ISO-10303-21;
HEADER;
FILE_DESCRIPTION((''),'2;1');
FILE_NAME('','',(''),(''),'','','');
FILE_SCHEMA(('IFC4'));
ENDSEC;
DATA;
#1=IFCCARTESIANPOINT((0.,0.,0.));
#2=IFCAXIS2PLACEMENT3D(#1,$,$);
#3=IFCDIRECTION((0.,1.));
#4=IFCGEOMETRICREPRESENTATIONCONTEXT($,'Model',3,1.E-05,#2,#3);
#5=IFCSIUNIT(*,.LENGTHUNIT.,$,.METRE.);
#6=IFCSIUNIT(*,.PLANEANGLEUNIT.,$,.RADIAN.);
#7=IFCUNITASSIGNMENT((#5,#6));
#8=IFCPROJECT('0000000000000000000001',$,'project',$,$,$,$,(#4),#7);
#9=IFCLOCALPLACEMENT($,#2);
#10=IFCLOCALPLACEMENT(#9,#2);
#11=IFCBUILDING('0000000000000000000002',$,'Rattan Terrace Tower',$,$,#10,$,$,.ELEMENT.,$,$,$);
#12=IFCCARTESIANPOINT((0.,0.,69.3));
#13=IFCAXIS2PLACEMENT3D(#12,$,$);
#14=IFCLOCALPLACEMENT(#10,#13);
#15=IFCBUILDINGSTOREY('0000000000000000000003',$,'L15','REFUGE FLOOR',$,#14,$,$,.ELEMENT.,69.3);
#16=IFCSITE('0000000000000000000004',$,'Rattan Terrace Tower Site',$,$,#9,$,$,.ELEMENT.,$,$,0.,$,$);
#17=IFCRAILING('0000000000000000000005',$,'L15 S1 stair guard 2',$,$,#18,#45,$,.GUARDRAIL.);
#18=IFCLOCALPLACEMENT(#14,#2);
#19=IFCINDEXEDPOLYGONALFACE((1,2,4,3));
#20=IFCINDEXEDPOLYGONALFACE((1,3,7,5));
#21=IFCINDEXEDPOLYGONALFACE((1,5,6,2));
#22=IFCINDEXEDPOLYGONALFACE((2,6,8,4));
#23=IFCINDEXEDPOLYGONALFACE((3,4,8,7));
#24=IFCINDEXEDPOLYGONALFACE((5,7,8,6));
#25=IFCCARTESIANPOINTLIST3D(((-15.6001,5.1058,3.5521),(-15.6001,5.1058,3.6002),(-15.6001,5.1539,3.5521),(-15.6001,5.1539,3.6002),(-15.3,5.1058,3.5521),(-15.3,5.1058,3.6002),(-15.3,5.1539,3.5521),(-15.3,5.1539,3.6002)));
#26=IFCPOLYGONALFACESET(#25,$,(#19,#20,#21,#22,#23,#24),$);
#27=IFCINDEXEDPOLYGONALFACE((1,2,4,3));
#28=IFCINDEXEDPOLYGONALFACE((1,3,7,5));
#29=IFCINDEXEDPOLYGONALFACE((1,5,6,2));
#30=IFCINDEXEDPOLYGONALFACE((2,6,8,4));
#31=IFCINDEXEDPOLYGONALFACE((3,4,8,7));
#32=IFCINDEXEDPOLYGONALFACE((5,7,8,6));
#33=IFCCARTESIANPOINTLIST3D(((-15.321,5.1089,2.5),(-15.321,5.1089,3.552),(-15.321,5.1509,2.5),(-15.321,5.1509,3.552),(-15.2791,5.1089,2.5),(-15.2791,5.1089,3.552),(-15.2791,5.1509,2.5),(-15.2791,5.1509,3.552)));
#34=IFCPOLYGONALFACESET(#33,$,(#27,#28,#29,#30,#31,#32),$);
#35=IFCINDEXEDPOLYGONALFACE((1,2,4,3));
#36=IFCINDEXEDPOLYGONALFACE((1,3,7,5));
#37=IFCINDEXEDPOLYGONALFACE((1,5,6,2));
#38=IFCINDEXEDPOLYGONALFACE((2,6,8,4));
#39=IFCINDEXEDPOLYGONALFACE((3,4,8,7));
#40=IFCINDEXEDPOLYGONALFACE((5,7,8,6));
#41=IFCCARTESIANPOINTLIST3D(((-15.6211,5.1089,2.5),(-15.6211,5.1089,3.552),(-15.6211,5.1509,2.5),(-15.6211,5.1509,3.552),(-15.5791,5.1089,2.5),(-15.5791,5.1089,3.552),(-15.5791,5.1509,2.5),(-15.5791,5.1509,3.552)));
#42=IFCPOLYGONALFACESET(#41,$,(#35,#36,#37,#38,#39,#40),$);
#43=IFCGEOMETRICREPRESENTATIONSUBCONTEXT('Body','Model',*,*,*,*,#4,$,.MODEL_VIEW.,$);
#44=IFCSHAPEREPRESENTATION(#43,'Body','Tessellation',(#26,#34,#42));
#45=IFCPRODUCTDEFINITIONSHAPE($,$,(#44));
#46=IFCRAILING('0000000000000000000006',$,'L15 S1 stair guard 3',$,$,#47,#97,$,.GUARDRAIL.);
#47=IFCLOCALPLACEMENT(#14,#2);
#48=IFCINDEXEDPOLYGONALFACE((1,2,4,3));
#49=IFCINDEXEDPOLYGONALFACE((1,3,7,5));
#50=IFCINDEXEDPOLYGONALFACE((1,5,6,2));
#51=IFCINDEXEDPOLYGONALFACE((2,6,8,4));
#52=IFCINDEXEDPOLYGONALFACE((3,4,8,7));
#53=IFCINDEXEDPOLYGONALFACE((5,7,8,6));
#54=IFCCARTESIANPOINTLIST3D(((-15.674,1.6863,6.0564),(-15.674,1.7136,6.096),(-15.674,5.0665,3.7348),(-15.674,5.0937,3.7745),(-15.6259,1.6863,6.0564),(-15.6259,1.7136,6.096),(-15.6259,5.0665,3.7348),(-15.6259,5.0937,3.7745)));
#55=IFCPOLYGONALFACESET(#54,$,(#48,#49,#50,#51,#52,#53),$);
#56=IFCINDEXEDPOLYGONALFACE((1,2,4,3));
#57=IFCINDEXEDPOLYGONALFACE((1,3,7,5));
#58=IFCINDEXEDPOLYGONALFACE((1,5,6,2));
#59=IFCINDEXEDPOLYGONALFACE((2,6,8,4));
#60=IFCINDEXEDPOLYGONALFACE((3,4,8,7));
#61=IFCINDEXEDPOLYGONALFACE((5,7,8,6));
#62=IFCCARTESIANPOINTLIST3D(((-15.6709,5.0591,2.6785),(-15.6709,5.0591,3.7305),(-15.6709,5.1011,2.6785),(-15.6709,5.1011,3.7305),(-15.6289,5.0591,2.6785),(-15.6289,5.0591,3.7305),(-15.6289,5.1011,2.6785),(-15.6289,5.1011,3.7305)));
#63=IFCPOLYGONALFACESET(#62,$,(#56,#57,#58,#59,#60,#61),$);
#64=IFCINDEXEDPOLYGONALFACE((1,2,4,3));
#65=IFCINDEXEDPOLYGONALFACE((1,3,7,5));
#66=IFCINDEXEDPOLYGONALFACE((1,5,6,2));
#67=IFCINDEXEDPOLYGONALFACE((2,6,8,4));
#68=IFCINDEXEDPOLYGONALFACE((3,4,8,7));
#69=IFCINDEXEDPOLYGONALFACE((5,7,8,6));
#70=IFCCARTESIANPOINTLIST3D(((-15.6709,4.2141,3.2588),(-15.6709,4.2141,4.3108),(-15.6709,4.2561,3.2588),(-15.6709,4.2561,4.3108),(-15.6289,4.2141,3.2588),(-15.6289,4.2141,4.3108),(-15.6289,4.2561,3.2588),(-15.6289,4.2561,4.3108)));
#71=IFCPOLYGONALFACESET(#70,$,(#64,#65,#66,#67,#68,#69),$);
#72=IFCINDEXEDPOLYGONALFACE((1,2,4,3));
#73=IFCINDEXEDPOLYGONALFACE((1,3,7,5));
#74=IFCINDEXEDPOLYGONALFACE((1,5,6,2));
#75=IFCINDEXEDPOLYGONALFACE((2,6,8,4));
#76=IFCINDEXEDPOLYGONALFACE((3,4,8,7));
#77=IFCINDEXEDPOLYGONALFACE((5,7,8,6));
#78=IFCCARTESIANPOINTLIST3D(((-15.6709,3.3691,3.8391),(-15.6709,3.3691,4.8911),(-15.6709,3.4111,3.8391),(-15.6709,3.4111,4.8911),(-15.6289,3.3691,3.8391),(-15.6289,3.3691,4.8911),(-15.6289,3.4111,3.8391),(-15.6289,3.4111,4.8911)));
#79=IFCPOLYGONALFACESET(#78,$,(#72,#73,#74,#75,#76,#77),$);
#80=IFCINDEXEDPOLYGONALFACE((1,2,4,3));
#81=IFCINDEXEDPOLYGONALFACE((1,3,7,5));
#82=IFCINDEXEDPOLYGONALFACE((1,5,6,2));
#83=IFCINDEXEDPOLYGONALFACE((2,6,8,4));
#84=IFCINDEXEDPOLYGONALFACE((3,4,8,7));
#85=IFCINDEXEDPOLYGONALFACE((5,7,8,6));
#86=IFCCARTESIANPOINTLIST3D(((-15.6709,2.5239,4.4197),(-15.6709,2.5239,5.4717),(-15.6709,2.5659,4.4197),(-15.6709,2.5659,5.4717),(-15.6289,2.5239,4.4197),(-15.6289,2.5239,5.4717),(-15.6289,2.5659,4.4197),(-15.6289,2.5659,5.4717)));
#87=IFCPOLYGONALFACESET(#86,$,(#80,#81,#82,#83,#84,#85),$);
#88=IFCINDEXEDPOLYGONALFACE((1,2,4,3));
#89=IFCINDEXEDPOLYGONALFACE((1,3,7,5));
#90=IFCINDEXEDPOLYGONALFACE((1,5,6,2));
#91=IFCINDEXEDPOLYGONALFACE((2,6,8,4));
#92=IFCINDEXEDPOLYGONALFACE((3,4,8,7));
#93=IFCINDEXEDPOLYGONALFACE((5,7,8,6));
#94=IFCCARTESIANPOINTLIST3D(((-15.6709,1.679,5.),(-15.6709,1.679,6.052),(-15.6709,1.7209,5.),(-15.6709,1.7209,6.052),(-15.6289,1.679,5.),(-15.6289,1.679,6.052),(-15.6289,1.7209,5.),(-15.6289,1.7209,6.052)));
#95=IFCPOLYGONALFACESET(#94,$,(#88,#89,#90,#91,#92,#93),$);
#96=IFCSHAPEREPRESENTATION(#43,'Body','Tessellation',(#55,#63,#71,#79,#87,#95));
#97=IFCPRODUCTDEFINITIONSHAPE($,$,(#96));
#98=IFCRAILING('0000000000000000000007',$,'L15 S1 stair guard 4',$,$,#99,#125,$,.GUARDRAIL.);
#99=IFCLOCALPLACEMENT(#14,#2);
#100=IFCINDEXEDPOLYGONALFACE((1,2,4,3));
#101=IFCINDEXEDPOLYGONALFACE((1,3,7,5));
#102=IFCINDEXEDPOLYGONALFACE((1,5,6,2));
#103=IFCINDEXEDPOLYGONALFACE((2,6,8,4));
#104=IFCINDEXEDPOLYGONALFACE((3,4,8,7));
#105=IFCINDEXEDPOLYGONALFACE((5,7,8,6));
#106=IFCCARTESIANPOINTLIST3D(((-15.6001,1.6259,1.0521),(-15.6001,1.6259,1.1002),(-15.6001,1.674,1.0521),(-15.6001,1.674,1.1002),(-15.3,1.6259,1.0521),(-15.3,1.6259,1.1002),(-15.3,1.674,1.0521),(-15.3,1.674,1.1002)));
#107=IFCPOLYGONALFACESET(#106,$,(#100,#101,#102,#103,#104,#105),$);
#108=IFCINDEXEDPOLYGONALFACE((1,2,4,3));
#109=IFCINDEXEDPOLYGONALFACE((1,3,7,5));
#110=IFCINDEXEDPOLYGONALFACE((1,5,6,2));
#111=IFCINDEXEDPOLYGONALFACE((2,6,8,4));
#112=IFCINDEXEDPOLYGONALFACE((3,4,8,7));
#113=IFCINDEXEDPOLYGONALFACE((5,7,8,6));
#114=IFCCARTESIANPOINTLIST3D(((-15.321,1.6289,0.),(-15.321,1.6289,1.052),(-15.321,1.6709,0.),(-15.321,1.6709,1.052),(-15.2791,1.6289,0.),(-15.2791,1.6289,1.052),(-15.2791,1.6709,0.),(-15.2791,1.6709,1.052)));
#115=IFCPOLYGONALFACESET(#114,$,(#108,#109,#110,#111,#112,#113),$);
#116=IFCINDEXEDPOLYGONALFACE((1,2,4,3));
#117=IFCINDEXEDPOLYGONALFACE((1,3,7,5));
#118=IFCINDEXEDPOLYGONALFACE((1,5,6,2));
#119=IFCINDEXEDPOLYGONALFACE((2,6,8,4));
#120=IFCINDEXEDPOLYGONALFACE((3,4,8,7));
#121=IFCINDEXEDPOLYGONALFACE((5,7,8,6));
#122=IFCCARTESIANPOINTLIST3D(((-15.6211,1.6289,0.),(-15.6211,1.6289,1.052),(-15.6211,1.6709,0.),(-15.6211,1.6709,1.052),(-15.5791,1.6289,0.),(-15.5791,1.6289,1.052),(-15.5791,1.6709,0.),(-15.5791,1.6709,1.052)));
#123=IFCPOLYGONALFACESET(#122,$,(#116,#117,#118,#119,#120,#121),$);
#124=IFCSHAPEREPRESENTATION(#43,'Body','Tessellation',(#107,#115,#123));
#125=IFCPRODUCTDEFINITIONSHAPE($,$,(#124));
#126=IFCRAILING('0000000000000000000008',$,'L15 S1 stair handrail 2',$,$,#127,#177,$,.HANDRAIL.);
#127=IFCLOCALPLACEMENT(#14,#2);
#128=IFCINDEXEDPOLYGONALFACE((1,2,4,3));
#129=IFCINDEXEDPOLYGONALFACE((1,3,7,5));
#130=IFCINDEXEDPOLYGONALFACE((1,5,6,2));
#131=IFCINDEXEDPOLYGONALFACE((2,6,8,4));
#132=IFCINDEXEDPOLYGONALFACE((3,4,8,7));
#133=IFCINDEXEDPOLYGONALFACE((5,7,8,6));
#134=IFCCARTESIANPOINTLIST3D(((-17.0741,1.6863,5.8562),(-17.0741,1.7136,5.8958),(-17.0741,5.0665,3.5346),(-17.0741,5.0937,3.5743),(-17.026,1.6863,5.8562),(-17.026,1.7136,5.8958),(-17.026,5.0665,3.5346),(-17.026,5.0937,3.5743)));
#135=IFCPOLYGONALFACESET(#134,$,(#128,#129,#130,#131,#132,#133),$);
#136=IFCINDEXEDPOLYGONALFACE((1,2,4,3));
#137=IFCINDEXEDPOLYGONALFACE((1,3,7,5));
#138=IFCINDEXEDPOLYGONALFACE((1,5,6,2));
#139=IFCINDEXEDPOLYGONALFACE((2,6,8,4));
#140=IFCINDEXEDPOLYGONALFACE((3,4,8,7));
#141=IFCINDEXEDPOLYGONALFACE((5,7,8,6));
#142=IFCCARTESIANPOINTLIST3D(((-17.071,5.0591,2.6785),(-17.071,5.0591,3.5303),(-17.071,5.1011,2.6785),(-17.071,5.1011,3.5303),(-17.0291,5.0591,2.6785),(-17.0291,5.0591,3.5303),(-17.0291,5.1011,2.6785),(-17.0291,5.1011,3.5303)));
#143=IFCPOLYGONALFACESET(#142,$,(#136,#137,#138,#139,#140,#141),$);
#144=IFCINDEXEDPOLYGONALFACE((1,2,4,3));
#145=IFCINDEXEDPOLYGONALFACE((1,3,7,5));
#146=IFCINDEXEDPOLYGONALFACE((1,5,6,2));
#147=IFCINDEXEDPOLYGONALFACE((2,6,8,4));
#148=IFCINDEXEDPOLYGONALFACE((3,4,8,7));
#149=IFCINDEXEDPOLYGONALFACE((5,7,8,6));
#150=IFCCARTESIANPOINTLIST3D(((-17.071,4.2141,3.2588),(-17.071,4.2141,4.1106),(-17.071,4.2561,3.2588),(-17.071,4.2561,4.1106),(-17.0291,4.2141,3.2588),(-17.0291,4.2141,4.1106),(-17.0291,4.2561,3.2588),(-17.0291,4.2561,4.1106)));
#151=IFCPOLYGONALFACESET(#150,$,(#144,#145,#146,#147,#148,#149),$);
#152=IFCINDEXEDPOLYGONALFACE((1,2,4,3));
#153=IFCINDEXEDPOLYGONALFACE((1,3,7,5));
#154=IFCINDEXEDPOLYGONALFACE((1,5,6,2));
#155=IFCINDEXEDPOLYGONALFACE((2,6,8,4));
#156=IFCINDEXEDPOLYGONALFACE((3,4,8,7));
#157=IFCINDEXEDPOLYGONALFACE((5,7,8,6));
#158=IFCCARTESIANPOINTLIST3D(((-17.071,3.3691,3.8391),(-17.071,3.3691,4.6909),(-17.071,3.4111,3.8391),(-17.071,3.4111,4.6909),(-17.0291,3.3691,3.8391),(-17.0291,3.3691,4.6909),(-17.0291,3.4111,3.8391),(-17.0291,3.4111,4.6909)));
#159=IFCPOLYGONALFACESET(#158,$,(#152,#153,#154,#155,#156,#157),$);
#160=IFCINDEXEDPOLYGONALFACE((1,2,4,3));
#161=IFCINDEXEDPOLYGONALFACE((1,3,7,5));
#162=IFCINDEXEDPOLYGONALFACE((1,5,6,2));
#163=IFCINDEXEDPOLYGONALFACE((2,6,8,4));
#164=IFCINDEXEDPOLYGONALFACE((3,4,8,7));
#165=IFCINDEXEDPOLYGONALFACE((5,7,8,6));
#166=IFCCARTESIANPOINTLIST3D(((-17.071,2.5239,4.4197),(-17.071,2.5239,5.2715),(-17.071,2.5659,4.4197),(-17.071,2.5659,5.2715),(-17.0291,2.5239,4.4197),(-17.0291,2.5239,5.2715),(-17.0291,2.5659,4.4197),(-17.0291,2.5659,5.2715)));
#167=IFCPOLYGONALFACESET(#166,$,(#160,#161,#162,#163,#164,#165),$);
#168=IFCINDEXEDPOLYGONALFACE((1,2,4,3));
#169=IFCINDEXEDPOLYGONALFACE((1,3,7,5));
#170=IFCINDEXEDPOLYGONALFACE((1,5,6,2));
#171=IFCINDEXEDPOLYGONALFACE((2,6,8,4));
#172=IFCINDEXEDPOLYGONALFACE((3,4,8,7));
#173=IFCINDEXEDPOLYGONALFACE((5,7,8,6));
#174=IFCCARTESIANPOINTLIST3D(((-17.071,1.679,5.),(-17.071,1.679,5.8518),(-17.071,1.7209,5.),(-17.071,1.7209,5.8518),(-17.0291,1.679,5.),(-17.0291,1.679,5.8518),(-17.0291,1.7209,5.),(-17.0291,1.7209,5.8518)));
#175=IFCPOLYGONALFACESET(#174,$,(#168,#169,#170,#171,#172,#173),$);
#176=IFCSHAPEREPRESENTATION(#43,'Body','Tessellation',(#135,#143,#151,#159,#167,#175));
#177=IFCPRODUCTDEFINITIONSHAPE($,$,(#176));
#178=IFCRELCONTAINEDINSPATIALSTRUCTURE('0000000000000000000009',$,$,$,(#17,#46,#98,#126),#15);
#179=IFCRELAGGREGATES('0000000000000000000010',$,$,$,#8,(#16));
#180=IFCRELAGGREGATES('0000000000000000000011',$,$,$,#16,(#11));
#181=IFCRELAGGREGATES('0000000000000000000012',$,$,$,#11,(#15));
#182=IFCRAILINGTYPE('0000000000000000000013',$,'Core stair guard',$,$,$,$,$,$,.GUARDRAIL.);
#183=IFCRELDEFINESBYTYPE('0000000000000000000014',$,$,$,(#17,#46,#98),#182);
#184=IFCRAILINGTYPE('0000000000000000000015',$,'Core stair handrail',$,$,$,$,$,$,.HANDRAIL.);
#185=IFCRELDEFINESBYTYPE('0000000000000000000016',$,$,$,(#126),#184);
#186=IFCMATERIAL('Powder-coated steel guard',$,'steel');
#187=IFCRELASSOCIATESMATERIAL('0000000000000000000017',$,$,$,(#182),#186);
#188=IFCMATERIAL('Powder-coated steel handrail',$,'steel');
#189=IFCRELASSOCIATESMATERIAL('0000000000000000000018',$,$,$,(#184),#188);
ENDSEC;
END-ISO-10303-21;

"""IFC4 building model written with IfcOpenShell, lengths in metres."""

from ifc_helpers import new_model, si_unit, direction, frame, origin, origin_2d, place, context, subcontext, project, spatial, rectangle, extrude, material, type_object, element, save


model = new_model("IFC4")

# Units and contexts
model_context = context("Model", 3, precision=1e-05, world=origin(), true_north=direction((0.0, 1.0)))
body_context = subcontext(model_context, "Body", "Model", "MODEL_VIEW")
ifc_project = project(units=[si_unit("LENGTHUNIT", "METRE"), si_unit("PLANEANGLEUNIT", "RADIAN")], contexts=[model_context])

# Site, building, storey
site_placement = place(None, origin())
site = spatial("IfcSite", under=ifc_project, at=site_placement, Name="Rattan Terrace Tower Site", CompositionType="ELEMENT", RefElevation=0.0)
building_placement = place(site_placement, origin())
building = spatial("IfcBuilding", under=site, at=building_placement, Name="Rattan Terrace Tower", CompositionType="ELEMENT")
storey_placement = place(building_placement, frame((0.0, 0.0, 69.3)))
storey = spatial("IfcBuildingStorey", under=building, at=storey_placement, Name="L15", Description="REFUGE FLOOR", CompositionType="ELEMENT", Elevation=69.3)

# Railings
ifc_material_1 = material(Name="Powder-coated steel guard", Category="steel")
railing_type_1 = type_object("IfcRailingType", Name="Core stair guard", PredefinedType="GUARDRAIL", material=ifc_material_1)
railing_1_placement = place(storey_placement, frame((-15.3, 5.1299, 2.5)))
element("IfcRailing", 1, at=railing_1_placement, inside=storey, type_object=railing_type_1, Name="L15 S1 stair guard 2", PredefinedType="GUARDRAIL", context=body_context, shape_type="SweptSolid", body=[
    extrude(rectangle(XDim=0.0481, YDim=0.0481, at=origin_2d()), frame((0.0, 0.0, 1.0762), z_axis=(-1.0, 0.0, 0.0), x_axis=(0.0, -1.0, 0.0)), (0.0, 0.0, 1.0), 0.3),
    extrude(rectangle(XDim=0.042, YDim=0.042, at=origin_2d()), origin(), (0.0, 0.0, 1.0), 1.052),
    extrude(rectangle(XDim=0.042, YDim=0.042, at=origin_2d()), frame((-0.3, 0.0, 0.0)), (0.0, 0.0, 1.0), 1.052),
])
railing_2_placement = place(storey_placement, frame((-15.6499, 5.0801, 2.6785)))
element("IfcRailing", 2, at=railing_2_placement, inside=storey, type_object=railing_type_1, Name="L15 S1 stair guard 3", PredefinedType="GUARDRAIL", context=body_context, shape_type="SweptSolid", body=[
    extrude(rectangle(XDim=0.0481, YDim=0.0481, at=origin_2d()), frame((0.0, 0.0, 1.0762), z_axis=(0.0, -0.824304, 0.566147), x_axis=(1.0, 0.0, 0.0)), (0.0, 0.0, 1.0), 4.1006),
    extrude(rectangle(XDim=0.042, YDim=0.042, at=origin_2d()), origin(), (0.0, 0.0, 1.0), 1.052),
    extrude(rectangle(XDim=0.042, YDim=0.042, at=origin_2d()), frame((0.0, -0.845, 0.5803)), (0.0, 0.0, 1.0), 1.052),
    extrude(rectangle(XDim=0.042, YDim=0.042, at=origin_2d()), frame((0.0, -1.6899, 1.1606)), (0.0, 0.0, 1.0), 1.052),
    extrude(rectangle(XDim=0.042, YDim=0.042, at=origin_2d()), frame((0.0, -2.5352, 1.7412)), (0.0, 0.0, 1.0), 1.052),
    extrude(rectangle(XDim=0.042, YDim=0.042, at=origin_2d()), frame((0.0, -3.3801, 2.3215)), (0.0, 0.0, 1.0), 1.052),
])
railing_3_placement = place(storey_placement, frame((-15.3, 1.6499, 0.0)))
element("IfcRailing", 3, at=railing_3_placement, inside=storey, type_object=railing_type_1, Name="L15 S1 stair guard 4", PredefinedType="GUARDRAIL", context=body_context, shape_type="SweptSolid", body=[
    extrude(rectangle(XDim=0.0481, YDim=0.0481, at=origin_2d()), frame((0.0, 0.0, 1.0762), z_axis=(-1.0, 0.0, 0.0), x_axis=(0.0, -1.0, 0.0)), (0.0, 0.0, 1.0), 0.3),
    extrude(rectangle(XDim=0.042, YDim=0.042, at=origin_2d()), origin(), (0.0, 0.0, 1.0), 1.052),
    extrude(rectangle(XDim=0.042, YDim=0.042, at=origin_2d()), frame((-0.3, 0.0, 0.0)), (0.0, 0.0, 1.0), 1.052),
])
ifc_material_2 = material(Name="Powder-coated steel handrail", Category="steel")
railing_type_2 = type_object("IfcRailingType", Name="Core stair handrail", PredefinedType="HANDRAIL", material=ifc_material_2)
railing_4_placement = place(storey_placement, frame((-17.05, 5.0801, 2.6785)))
element("IfcRailing", 4, at=railing_4_placement, inside=storey, type_object=railing_type_2, Name="L15 S1 stair handrail 2", PredefinedType="HANDRAIL", context=body_context, shape_type="SweptSolid", body=[
    extrude(rectangle(XDim=0.0481, YDim=0.0481, at=origin_2d()), frame((0.0, 0.0, 0.876), z_axis=(0.0, -0.824304, 0.566147), x_axis=(1.0, 0.0, 0.0)), (0.0, 0.0, 1.0), 4.1006),
    extrude(rectangle(XDim=0.042, YDim=0.042, at=origin_2d()), origin(), (0.0, 0.0, 1.0), 0.8518),
    extrude(rectangle(XDim=0.042, YDim=0.042, at=origin_2d()), frame((0.0, -0.845, 0.5803)), (0.0, 0.0, 1.0), 0.8518),
    extrude(rectangle(XDim=0.042, YDim=0.042, at=origin_2d()), frame((0.0, -1.6899, 1.1606)), (0.0, 0.0, 1.0), 0.8518),
    extrude(rectangle(XDim=0.042, YDim=0.042, at=origin_2d()), frame((0.0, -2.5352, 1.7412)), (0.0, 0.0, 1.0), 0.8518),
    extrude(rectangle(XDim=0.042, YDim=0.042, at=origin_2d()), frame((0.0, -3.3801, 2.3215)), (0.0, 0.0, 1.0), 0.8518),
])

save(model, "model.ifc")
